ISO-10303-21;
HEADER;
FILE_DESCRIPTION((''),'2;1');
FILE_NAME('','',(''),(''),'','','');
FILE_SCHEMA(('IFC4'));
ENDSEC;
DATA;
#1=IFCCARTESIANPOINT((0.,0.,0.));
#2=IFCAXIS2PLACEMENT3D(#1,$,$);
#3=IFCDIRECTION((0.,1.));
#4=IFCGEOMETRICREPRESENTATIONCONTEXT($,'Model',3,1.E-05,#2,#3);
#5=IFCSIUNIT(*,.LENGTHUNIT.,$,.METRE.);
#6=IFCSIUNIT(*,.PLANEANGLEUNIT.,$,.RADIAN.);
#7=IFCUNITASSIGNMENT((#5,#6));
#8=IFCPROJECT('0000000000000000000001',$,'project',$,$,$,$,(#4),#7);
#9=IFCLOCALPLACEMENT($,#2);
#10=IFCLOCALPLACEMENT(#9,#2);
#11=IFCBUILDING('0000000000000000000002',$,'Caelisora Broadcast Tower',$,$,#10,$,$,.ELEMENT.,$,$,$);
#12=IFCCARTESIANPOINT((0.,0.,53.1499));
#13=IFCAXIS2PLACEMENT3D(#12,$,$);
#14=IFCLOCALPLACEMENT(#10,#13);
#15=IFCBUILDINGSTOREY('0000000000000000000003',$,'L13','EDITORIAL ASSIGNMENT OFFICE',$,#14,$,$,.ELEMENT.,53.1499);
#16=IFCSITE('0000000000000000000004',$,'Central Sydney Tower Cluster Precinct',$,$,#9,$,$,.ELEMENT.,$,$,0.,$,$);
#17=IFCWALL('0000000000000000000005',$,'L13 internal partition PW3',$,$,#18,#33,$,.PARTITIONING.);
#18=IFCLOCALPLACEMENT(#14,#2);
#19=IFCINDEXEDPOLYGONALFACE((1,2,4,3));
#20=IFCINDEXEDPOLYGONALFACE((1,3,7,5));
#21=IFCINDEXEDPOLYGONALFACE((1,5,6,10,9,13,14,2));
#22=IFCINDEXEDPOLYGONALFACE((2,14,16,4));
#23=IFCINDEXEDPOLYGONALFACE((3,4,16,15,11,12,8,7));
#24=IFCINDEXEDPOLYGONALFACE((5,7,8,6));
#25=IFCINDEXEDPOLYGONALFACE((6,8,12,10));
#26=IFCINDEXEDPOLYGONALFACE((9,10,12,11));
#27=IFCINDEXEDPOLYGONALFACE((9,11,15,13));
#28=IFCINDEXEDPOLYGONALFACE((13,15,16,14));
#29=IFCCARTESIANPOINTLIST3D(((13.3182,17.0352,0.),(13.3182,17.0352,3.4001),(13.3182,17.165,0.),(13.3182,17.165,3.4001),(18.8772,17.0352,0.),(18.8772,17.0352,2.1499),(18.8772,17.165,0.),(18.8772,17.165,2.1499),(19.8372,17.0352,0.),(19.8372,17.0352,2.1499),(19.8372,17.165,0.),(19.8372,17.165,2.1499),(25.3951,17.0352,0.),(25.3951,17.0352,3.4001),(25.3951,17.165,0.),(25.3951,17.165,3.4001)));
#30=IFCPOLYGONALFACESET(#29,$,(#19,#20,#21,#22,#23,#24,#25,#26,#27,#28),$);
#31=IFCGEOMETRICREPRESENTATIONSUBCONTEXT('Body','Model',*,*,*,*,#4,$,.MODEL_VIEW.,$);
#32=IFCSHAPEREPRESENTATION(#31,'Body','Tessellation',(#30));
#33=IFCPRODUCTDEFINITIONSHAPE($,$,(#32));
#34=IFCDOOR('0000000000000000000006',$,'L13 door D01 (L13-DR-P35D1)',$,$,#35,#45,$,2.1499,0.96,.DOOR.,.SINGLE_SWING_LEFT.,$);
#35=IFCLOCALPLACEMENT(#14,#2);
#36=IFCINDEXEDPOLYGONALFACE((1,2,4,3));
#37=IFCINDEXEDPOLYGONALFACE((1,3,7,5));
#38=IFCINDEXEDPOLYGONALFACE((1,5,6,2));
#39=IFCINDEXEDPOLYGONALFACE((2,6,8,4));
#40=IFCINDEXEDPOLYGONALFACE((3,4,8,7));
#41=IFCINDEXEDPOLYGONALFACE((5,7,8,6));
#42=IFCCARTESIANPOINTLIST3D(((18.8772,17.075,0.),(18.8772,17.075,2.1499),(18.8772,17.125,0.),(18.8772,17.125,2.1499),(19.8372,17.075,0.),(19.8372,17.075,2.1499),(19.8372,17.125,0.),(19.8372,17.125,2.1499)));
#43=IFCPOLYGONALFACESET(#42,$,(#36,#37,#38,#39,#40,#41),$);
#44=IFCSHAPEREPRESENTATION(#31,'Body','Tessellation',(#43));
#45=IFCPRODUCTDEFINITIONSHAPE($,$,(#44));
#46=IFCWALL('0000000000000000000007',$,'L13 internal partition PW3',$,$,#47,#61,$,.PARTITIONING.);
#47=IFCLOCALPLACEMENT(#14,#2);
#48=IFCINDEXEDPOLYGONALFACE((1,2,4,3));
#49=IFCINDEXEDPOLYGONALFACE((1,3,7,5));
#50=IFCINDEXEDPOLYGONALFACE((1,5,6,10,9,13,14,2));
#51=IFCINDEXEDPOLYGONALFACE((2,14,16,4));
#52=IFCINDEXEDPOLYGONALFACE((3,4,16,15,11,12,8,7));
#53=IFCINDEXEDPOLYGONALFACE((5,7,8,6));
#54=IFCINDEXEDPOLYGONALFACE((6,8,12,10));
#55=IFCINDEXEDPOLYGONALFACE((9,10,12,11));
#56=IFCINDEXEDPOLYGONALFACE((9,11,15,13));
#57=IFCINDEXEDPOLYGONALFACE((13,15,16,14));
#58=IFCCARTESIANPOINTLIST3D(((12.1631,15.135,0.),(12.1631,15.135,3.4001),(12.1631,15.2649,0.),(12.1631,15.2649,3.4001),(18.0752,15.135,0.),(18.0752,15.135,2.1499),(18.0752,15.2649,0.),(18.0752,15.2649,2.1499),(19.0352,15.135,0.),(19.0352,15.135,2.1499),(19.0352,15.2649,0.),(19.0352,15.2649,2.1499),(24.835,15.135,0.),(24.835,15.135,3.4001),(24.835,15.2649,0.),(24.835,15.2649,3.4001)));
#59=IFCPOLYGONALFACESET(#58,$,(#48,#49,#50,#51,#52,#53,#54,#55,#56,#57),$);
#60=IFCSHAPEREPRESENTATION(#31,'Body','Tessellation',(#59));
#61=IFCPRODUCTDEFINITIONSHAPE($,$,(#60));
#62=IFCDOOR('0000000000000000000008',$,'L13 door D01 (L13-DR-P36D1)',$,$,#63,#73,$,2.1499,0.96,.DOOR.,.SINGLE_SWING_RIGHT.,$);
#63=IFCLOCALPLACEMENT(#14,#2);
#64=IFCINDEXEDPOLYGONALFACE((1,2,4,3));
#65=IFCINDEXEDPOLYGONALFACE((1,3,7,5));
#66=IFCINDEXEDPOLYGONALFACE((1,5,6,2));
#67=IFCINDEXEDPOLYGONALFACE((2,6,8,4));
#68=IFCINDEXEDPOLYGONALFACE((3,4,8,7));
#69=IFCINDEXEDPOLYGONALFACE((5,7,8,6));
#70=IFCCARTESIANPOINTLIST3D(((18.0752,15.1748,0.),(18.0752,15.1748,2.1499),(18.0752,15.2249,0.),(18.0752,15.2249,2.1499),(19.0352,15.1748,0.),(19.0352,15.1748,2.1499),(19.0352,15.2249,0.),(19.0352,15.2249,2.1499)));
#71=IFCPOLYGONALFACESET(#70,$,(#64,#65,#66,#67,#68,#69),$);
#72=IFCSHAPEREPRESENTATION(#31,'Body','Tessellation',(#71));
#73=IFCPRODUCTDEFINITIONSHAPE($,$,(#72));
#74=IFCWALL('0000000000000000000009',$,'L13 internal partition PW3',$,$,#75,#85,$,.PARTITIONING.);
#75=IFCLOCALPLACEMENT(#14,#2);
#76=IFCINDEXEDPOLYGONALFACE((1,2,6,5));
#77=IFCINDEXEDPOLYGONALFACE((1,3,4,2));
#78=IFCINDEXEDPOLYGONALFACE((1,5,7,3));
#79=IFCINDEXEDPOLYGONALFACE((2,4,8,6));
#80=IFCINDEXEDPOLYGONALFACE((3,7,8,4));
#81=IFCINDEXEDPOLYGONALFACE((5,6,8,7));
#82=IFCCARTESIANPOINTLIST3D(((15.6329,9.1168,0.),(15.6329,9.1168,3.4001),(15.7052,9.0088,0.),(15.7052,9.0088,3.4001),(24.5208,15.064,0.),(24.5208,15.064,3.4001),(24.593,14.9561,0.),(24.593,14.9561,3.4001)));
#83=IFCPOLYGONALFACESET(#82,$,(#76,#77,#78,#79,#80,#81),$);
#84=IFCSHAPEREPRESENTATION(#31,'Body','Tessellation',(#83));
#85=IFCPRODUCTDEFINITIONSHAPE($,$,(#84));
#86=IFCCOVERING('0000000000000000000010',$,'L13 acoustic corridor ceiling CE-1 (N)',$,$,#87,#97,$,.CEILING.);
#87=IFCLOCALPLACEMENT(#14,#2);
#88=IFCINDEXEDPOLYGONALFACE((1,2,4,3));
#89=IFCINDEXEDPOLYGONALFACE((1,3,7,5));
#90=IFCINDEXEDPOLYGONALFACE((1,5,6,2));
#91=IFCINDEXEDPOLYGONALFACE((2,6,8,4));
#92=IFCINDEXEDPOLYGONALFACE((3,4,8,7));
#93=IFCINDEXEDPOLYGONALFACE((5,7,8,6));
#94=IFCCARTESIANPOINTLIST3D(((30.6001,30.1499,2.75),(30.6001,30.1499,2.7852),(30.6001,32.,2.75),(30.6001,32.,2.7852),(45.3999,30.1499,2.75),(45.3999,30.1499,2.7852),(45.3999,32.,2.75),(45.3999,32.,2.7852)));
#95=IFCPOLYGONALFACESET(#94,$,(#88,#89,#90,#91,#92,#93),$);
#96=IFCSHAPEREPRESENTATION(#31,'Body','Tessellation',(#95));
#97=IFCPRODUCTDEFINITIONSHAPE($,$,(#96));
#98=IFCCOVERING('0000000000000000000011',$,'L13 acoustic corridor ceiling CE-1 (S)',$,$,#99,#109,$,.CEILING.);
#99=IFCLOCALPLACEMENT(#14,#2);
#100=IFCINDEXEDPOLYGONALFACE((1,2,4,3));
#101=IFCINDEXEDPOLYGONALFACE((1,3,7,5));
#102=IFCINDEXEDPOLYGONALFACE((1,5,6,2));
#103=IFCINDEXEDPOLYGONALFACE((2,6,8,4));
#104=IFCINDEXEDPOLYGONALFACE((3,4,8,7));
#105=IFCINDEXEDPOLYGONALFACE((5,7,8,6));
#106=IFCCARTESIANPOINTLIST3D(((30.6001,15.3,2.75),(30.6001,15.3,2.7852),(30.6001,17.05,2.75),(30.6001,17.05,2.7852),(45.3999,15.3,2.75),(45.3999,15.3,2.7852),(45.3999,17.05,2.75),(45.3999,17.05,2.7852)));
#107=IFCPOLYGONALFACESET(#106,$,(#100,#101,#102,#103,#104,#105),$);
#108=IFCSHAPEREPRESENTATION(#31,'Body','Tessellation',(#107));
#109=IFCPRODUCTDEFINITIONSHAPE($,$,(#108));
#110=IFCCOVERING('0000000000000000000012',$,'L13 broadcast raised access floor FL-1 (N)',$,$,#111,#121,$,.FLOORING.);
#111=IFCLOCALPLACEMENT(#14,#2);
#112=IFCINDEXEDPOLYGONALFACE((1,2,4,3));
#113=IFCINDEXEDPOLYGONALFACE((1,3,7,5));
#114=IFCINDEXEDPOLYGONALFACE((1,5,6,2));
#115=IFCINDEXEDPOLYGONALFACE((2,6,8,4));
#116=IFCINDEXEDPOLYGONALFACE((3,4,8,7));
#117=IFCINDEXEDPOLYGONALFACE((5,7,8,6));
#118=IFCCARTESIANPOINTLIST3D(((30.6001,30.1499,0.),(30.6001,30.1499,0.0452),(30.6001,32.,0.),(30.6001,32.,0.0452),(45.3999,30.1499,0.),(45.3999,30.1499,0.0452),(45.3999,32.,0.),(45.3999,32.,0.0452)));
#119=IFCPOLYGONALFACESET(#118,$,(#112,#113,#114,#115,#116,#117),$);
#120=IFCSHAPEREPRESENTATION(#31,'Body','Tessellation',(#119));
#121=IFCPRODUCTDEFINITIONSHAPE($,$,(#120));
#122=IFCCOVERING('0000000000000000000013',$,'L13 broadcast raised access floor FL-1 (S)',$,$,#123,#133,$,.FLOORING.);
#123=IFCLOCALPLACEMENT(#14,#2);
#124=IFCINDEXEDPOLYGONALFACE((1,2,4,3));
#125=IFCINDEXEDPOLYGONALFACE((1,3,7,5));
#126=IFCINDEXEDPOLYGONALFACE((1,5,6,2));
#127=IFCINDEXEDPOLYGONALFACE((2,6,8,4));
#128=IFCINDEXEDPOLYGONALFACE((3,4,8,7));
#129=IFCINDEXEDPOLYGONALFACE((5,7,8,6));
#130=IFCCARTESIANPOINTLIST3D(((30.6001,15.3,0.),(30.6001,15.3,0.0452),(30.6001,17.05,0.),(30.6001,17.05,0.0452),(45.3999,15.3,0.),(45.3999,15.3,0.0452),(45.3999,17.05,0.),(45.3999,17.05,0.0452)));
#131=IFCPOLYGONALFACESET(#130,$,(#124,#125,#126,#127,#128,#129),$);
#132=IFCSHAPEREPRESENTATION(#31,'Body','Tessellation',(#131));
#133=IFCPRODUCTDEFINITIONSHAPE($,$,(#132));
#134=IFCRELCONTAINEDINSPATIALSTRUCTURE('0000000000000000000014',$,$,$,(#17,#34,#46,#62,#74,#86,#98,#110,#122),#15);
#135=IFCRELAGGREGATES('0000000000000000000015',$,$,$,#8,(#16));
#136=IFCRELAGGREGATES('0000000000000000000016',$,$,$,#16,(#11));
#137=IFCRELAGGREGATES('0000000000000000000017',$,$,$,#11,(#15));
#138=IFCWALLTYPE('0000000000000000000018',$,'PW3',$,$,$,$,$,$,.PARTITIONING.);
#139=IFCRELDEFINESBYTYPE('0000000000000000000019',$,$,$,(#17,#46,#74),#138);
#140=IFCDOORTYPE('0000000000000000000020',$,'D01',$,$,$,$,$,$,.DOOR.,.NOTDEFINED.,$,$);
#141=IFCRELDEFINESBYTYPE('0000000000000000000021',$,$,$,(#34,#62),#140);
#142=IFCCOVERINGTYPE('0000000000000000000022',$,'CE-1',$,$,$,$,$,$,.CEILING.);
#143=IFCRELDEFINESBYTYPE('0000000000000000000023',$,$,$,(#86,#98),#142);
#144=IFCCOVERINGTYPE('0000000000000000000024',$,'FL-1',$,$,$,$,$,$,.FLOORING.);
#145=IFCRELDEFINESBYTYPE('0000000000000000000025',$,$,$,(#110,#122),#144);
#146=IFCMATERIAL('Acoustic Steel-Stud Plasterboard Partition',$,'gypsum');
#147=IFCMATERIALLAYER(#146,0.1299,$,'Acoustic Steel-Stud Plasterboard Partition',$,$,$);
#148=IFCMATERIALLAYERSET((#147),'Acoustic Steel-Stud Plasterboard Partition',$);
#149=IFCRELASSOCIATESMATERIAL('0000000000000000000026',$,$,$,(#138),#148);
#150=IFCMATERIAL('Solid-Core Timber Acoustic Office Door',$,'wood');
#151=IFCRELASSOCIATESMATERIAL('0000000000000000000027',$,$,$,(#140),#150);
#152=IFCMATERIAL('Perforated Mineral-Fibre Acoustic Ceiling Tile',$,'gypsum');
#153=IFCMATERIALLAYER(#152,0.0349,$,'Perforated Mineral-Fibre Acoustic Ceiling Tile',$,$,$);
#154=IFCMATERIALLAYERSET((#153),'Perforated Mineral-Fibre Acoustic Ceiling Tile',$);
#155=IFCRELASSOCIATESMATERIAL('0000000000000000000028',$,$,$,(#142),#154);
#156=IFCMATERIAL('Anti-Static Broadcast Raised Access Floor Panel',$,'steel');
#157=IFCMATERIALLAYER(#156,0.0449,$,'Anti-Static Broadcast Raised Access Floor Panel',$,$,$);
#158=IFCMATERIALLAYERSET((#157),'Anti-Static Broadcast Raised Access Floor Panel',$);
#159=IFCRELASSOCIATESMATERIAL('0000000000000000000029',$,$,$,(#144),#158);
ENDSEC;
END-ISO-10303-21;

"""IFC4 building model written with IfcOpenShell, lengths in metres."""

from ifc_helpers import new_model, si_unit, direction, frame, frame_2d, origin, place, context, subcontext, project, spatial, polyline, rectangle, outline, extrude, material, layer, layer_set, type_object, element, fill, save


model = new_model("IFC4")

# Units and contexts
model_context = context("Model", 3, precision=1e-05, world=origin(), true_north=direction((0.0, 1.0)))
body_context = subcontext(model_context, "Body", "Model", "MODEL_VIEW")
ifc_project = project(units=[si_unit("LENGTHUNIT", "METRE"), si_unit("PLANEANGLEUNIT", "RADIAN")], contexts=[model_context])

# Site, building, storey
site_placement = place(None, origin())
site = spatial("IfcSite", under=ifc_project, at=site_placement, Name="Central Sydney Tower Cluster Precinct", CompositionType="ELEMENT", RefElevation=0.0)
building_placement = place(site_placement, origin())
building = spatial("IfcBuilding", under=site, at=building_placement, Name="Caelisora Broadcast Tower", CompositionType="ELEMENT")
storey_placement = place(building_placement, frame((0.0, 0.0, 53.1499)))
storey = spatial("IfcBuildingStorey", under=building, at=storey_placement, Name="L13", Description="EDITORIAL ASSIGNMENT OFFICE", CompositionType="ELEMENT", Elevation=53.1499)

# Shared definitions
ifc_material_1 = material(Name="Acoustic Steel-Stud Plasterboard Partition", Category="gypsum")
ifc_layer_1 = layer(ifc_material_1, 0.1299, Name="Acoustic Steel-Stud Plasterboard Partition")
ifc_layer_set_1 = layer_set([ifc_layer_1], Name="Acoustic Steel-Stud Plasterboard Partition")
wall_type_1 = type_object("IfcWallType", Name="PW3", PredefinedType="PARTITIONING", material=ifc_layer_set_1)

# Walls, openings, doors
wall_1_placement = place(storey_placement, frame((13.3181, 17.1001, 0.0), z_axis=(0.0, 0.0, 1.0), x_axis=(1.0, 0.0, 0.0)))
wall_1 = element("IfcWall", 1, at=wall_1_placement, inside=storey, type_object=wall_type_1, Name="L13 internal partition PW3", PredefinedType="PARTITIONING", context=body_context, shape_type="SweptSolid", body=[
    extrude(rectangle(XDim=12.0769, YDim=0.1299, at=frame_2d((6.0386, 0.0))), origin(), (0.0, 0.0, 1.0), 3.4001),
])
opening_1_placement = place(wall_1_placement, frame((5.5591, 0.0, 0.0)))
opening_1 = element("IfcOpeningElement", 2, at=opening_1_placement, cuts=wall_1, PredefinedType="OPENING", context=body_context, shape_type="SweptSolid", body=[
    extrude(rectangle(XDim=0.96, YDim=2.1499, at=frame_2d((0.48, 1.075))), frame((0.0, 0.0769, 0.0), z_axis=(0.0, -1.0, 0.0), x_axis=(1.0, 0.0, 0.0)), (0.0, 0.0, 1.0), 0.1538),
])
ifc_material_2 = material(Name="Solid-Core Timber Acoustic Office Door", Category="wood")
door_type = type_object("IfcDoorType", Name="D01", OperationType="NOTDEFINED", PredefinedType="DOOR", material=ifc_material_2)
door_1_placement = place(opening_1_placement, origin())
door_1 = element("IfcDoor", 3, at=door_1_placement, inside=storey, type_object=door_type, Name="L13 door D01 (L13-DR-P35D1)", OperationType="SINGLE_SWING_LEFT", OverallHeight=2.1499, OverallWidth=0.96, PredefinedType="DOOR", context=body_context, shape_type="SweptSolid", body=[
    extrude(rectangle(XDim=0.96, YDim=2.1499, at=frame_2d((0.48, 1.075))), frame((0.0, 0.0249, 0.0), z_axis=(0.0, -1.0, 0.0), x_axis=(1.0, 0.0, 0.0)), (0.0, 0.0, 1.0), 0.05),
])
fill(opening_1, door_1)
wall_2_placement = place(storey_placement, frame((12.1631, 15.2, 0.0), z_axis=(0.0, 0.0, 1.0), x_axis=(1.0, 0.0, 0.0)))
wall_2 = element("IfcWall", 4, at=wall_2_placement, inside=storey, type_object=wall_type_1, Name="L13 internal partition PW3", PredefinedType="PARTITIONING", context=body_context, shape_type="SweptSolid", body=[
    extrude(rectangle(XDim=12.6719, YDim=0.1299, at=frame_2d((6.3359, 0.0))), origin(), (0.0, 0.0, 1.0), 3.4001),
])
opening_2_placement = place(wall_2_placement, frame((5.9121, 0.0, 0.0)))
opening_2 = element("IfcOpeningElement", 5, at=opening_2_placement, cuts=wall_2, PredefinedType="OPENING", context=body_context, shape_type="SweptSolid", body=[
    extrude(rectangle(XDim=0.96, YDim=2.1499, at=frame_2d((0.48, 1.075))), frame((0.0, 0.0769, 0.0), z_axis=(0.0, -1.0, 0.0), x_axis=(1.0, 0.0, 0.0)), (0.0, 0.0, 1.0), 0.1538),
])
door_2_placement = place(opening_2_placement, origin())
door_2 = element("IfcDoor", 6, at=door_2_placement, inside=storey, type_object=door_type, Name="L13 door D01 (L13-DR-P36D1)", OperationType="SINGLE_SWING_RIGHT", OverallHeight=2.1499, OverallWidth=0.96, PredefinedType="DOOR", context=body_context, shape_type="SweptSolid", body=[
    extrude(rectangle(XDim=0.96, YDim=2.1499, at=frame_2d((0.48, 1.075))), frame((0.0, 0.0249, 0.0), z_axis=(0.0, -1.0, 0.0), x_axis=(1.0, 0.0, 0.0)), (0.0, 0.0, 1.0), 0.05),
])
fill(opening_2, door_2)

# Wall
wall_3_placement = place(storey_placement, frame((15.6689, 9.0627, 0.0), z_axis=(0.0, 0.0, 1.0), x_axis=(0.831101, 0.556122, 0.0)))
element("IfcWall", 7, at=wall_3_placement, inside=storey, type_object=wall_type_1, Name="L13 internal partition PW3", PredefinedType="PARTITIONING", context=body_context, shape_type="SweptSolid", body=[
    extrude(rectangle(XDim=10.6941, YDim=0.1299, at=frame_2d((5.3472, 0.0))), origin(), (0.0, 0.0, 1.0), 3.4001),
])

# Coverings
ifc_material_3 = material(Name="Perforated Mineral-Fibre Acoustic Ceiling Tile", Category="gypsum")
ifc_layer_2 = layer(ifc_material_3, 0.0349, Name="Perforated Mineral-Fibre Acoustic Ceiling Tile")
ifc_layer_set_2 = layer_set([ifc_layer_2], Name="Perforated Mineral-Fibre Acoustic Ceiling Tile")
covering_type_1 = type_object("IfcCoveringType", Name="CE-1", PredefinedType="CEILING", material=ifc_layer_set_2)
covering_1_placement = place(storey_placement, frame((0.0, 0.0, 2.75)))
element("IfcCovering", 8, at=covering_1_placement, inside=storey, type_object=covering_type_1, Name="L13 acoustic corridor ceiling CE-1 (N)", PredefinedType="CEILING", context=body_context, shape_type="SweptSolid", body=[
    extrude(outline(polyline([(30.6001, 30.1499), (45.3999, 30.1499), (45.3999, 32.0), (30.6001, 32.0), (30.6001, 30.1499)])), origin(), (0.0, 0.0, 1.0), 0.0352),
])
covering_2_placement = place(storey_placement, frame((0.0, 0.0, 2.75)))
element("IfcCovering", 9, at=covering_2_placement, inside=storey, type_object=covering_type_1, Name="L13 acoustic corridor ceiling CE-1 (S)", PredefinedType="CEILING", context=body_context, shape_type="SweptSolid", body=[
    extrude(outline(polyline([(30.6001, 15.3), (45.3999, 15.3), (45.3999, 17.05), (30.6001, 17.05), (30.6001, 15.3)])), origin(), (0.0, 0.0, 1.0), 0.0352),
])
ifc_material_4 = material(Name="Anti-Static Broadcast Raised Access Floor Panel", Category="steel")
ifc_layer_3 = layer(ifc_material_4, 0.0449, Name="Anti-Static Broadcast Raised Access Floor Panel")
ifc_layer_set_3 = layer_set([ifc_layer_3], Name="Anti-Static Broadcast Raised Access Floor Panel")
covering_type_2 = type_object("IfcCoveringType", Name="FL-1", PredefinedType="FLOORING", material=ifc_layer_set_3)
covering_3_placement = place(storey_placement, origin())
element("IfcCovering", 10, at=covering_3_placement, inside=storey, type_object=covering_type_2, Name="L13 broadcast raised access floor FL-1 (N)", PredefinedType="FLOORING", context=body_context, shape_type="SweptSolid", body=[
    extrude(outline(polyline([(30.6001, 30.1499), (45.3999, 30.1499), (45.3999, 32.0), (30.6001, 32.0), (30.6001, 30.1499)])), origin(), (0.0, 0.0, 1.0), 0.0452),
])
covering_4_placement = place(storey_placement, origin())
element("IfcCovering", 11, at=covering_4_placement, inside=storey, type_object=covering_type_2, Name="L13 broadcast raised access floor FL-1 (S)", PredefinedType="FLOORING", context=body_context, shape_type="SweptSolid", body=[
    extrude(outline(polyline([(30.6001, 15.3), (45.3999, 15.3), (45.3999, 17.05), (30.6001, 17.05), (30.6001, 15.3)])), origin(), (0.0, 0.0, 1.0), 0.0452),
])

save(model, "model.ifc")
